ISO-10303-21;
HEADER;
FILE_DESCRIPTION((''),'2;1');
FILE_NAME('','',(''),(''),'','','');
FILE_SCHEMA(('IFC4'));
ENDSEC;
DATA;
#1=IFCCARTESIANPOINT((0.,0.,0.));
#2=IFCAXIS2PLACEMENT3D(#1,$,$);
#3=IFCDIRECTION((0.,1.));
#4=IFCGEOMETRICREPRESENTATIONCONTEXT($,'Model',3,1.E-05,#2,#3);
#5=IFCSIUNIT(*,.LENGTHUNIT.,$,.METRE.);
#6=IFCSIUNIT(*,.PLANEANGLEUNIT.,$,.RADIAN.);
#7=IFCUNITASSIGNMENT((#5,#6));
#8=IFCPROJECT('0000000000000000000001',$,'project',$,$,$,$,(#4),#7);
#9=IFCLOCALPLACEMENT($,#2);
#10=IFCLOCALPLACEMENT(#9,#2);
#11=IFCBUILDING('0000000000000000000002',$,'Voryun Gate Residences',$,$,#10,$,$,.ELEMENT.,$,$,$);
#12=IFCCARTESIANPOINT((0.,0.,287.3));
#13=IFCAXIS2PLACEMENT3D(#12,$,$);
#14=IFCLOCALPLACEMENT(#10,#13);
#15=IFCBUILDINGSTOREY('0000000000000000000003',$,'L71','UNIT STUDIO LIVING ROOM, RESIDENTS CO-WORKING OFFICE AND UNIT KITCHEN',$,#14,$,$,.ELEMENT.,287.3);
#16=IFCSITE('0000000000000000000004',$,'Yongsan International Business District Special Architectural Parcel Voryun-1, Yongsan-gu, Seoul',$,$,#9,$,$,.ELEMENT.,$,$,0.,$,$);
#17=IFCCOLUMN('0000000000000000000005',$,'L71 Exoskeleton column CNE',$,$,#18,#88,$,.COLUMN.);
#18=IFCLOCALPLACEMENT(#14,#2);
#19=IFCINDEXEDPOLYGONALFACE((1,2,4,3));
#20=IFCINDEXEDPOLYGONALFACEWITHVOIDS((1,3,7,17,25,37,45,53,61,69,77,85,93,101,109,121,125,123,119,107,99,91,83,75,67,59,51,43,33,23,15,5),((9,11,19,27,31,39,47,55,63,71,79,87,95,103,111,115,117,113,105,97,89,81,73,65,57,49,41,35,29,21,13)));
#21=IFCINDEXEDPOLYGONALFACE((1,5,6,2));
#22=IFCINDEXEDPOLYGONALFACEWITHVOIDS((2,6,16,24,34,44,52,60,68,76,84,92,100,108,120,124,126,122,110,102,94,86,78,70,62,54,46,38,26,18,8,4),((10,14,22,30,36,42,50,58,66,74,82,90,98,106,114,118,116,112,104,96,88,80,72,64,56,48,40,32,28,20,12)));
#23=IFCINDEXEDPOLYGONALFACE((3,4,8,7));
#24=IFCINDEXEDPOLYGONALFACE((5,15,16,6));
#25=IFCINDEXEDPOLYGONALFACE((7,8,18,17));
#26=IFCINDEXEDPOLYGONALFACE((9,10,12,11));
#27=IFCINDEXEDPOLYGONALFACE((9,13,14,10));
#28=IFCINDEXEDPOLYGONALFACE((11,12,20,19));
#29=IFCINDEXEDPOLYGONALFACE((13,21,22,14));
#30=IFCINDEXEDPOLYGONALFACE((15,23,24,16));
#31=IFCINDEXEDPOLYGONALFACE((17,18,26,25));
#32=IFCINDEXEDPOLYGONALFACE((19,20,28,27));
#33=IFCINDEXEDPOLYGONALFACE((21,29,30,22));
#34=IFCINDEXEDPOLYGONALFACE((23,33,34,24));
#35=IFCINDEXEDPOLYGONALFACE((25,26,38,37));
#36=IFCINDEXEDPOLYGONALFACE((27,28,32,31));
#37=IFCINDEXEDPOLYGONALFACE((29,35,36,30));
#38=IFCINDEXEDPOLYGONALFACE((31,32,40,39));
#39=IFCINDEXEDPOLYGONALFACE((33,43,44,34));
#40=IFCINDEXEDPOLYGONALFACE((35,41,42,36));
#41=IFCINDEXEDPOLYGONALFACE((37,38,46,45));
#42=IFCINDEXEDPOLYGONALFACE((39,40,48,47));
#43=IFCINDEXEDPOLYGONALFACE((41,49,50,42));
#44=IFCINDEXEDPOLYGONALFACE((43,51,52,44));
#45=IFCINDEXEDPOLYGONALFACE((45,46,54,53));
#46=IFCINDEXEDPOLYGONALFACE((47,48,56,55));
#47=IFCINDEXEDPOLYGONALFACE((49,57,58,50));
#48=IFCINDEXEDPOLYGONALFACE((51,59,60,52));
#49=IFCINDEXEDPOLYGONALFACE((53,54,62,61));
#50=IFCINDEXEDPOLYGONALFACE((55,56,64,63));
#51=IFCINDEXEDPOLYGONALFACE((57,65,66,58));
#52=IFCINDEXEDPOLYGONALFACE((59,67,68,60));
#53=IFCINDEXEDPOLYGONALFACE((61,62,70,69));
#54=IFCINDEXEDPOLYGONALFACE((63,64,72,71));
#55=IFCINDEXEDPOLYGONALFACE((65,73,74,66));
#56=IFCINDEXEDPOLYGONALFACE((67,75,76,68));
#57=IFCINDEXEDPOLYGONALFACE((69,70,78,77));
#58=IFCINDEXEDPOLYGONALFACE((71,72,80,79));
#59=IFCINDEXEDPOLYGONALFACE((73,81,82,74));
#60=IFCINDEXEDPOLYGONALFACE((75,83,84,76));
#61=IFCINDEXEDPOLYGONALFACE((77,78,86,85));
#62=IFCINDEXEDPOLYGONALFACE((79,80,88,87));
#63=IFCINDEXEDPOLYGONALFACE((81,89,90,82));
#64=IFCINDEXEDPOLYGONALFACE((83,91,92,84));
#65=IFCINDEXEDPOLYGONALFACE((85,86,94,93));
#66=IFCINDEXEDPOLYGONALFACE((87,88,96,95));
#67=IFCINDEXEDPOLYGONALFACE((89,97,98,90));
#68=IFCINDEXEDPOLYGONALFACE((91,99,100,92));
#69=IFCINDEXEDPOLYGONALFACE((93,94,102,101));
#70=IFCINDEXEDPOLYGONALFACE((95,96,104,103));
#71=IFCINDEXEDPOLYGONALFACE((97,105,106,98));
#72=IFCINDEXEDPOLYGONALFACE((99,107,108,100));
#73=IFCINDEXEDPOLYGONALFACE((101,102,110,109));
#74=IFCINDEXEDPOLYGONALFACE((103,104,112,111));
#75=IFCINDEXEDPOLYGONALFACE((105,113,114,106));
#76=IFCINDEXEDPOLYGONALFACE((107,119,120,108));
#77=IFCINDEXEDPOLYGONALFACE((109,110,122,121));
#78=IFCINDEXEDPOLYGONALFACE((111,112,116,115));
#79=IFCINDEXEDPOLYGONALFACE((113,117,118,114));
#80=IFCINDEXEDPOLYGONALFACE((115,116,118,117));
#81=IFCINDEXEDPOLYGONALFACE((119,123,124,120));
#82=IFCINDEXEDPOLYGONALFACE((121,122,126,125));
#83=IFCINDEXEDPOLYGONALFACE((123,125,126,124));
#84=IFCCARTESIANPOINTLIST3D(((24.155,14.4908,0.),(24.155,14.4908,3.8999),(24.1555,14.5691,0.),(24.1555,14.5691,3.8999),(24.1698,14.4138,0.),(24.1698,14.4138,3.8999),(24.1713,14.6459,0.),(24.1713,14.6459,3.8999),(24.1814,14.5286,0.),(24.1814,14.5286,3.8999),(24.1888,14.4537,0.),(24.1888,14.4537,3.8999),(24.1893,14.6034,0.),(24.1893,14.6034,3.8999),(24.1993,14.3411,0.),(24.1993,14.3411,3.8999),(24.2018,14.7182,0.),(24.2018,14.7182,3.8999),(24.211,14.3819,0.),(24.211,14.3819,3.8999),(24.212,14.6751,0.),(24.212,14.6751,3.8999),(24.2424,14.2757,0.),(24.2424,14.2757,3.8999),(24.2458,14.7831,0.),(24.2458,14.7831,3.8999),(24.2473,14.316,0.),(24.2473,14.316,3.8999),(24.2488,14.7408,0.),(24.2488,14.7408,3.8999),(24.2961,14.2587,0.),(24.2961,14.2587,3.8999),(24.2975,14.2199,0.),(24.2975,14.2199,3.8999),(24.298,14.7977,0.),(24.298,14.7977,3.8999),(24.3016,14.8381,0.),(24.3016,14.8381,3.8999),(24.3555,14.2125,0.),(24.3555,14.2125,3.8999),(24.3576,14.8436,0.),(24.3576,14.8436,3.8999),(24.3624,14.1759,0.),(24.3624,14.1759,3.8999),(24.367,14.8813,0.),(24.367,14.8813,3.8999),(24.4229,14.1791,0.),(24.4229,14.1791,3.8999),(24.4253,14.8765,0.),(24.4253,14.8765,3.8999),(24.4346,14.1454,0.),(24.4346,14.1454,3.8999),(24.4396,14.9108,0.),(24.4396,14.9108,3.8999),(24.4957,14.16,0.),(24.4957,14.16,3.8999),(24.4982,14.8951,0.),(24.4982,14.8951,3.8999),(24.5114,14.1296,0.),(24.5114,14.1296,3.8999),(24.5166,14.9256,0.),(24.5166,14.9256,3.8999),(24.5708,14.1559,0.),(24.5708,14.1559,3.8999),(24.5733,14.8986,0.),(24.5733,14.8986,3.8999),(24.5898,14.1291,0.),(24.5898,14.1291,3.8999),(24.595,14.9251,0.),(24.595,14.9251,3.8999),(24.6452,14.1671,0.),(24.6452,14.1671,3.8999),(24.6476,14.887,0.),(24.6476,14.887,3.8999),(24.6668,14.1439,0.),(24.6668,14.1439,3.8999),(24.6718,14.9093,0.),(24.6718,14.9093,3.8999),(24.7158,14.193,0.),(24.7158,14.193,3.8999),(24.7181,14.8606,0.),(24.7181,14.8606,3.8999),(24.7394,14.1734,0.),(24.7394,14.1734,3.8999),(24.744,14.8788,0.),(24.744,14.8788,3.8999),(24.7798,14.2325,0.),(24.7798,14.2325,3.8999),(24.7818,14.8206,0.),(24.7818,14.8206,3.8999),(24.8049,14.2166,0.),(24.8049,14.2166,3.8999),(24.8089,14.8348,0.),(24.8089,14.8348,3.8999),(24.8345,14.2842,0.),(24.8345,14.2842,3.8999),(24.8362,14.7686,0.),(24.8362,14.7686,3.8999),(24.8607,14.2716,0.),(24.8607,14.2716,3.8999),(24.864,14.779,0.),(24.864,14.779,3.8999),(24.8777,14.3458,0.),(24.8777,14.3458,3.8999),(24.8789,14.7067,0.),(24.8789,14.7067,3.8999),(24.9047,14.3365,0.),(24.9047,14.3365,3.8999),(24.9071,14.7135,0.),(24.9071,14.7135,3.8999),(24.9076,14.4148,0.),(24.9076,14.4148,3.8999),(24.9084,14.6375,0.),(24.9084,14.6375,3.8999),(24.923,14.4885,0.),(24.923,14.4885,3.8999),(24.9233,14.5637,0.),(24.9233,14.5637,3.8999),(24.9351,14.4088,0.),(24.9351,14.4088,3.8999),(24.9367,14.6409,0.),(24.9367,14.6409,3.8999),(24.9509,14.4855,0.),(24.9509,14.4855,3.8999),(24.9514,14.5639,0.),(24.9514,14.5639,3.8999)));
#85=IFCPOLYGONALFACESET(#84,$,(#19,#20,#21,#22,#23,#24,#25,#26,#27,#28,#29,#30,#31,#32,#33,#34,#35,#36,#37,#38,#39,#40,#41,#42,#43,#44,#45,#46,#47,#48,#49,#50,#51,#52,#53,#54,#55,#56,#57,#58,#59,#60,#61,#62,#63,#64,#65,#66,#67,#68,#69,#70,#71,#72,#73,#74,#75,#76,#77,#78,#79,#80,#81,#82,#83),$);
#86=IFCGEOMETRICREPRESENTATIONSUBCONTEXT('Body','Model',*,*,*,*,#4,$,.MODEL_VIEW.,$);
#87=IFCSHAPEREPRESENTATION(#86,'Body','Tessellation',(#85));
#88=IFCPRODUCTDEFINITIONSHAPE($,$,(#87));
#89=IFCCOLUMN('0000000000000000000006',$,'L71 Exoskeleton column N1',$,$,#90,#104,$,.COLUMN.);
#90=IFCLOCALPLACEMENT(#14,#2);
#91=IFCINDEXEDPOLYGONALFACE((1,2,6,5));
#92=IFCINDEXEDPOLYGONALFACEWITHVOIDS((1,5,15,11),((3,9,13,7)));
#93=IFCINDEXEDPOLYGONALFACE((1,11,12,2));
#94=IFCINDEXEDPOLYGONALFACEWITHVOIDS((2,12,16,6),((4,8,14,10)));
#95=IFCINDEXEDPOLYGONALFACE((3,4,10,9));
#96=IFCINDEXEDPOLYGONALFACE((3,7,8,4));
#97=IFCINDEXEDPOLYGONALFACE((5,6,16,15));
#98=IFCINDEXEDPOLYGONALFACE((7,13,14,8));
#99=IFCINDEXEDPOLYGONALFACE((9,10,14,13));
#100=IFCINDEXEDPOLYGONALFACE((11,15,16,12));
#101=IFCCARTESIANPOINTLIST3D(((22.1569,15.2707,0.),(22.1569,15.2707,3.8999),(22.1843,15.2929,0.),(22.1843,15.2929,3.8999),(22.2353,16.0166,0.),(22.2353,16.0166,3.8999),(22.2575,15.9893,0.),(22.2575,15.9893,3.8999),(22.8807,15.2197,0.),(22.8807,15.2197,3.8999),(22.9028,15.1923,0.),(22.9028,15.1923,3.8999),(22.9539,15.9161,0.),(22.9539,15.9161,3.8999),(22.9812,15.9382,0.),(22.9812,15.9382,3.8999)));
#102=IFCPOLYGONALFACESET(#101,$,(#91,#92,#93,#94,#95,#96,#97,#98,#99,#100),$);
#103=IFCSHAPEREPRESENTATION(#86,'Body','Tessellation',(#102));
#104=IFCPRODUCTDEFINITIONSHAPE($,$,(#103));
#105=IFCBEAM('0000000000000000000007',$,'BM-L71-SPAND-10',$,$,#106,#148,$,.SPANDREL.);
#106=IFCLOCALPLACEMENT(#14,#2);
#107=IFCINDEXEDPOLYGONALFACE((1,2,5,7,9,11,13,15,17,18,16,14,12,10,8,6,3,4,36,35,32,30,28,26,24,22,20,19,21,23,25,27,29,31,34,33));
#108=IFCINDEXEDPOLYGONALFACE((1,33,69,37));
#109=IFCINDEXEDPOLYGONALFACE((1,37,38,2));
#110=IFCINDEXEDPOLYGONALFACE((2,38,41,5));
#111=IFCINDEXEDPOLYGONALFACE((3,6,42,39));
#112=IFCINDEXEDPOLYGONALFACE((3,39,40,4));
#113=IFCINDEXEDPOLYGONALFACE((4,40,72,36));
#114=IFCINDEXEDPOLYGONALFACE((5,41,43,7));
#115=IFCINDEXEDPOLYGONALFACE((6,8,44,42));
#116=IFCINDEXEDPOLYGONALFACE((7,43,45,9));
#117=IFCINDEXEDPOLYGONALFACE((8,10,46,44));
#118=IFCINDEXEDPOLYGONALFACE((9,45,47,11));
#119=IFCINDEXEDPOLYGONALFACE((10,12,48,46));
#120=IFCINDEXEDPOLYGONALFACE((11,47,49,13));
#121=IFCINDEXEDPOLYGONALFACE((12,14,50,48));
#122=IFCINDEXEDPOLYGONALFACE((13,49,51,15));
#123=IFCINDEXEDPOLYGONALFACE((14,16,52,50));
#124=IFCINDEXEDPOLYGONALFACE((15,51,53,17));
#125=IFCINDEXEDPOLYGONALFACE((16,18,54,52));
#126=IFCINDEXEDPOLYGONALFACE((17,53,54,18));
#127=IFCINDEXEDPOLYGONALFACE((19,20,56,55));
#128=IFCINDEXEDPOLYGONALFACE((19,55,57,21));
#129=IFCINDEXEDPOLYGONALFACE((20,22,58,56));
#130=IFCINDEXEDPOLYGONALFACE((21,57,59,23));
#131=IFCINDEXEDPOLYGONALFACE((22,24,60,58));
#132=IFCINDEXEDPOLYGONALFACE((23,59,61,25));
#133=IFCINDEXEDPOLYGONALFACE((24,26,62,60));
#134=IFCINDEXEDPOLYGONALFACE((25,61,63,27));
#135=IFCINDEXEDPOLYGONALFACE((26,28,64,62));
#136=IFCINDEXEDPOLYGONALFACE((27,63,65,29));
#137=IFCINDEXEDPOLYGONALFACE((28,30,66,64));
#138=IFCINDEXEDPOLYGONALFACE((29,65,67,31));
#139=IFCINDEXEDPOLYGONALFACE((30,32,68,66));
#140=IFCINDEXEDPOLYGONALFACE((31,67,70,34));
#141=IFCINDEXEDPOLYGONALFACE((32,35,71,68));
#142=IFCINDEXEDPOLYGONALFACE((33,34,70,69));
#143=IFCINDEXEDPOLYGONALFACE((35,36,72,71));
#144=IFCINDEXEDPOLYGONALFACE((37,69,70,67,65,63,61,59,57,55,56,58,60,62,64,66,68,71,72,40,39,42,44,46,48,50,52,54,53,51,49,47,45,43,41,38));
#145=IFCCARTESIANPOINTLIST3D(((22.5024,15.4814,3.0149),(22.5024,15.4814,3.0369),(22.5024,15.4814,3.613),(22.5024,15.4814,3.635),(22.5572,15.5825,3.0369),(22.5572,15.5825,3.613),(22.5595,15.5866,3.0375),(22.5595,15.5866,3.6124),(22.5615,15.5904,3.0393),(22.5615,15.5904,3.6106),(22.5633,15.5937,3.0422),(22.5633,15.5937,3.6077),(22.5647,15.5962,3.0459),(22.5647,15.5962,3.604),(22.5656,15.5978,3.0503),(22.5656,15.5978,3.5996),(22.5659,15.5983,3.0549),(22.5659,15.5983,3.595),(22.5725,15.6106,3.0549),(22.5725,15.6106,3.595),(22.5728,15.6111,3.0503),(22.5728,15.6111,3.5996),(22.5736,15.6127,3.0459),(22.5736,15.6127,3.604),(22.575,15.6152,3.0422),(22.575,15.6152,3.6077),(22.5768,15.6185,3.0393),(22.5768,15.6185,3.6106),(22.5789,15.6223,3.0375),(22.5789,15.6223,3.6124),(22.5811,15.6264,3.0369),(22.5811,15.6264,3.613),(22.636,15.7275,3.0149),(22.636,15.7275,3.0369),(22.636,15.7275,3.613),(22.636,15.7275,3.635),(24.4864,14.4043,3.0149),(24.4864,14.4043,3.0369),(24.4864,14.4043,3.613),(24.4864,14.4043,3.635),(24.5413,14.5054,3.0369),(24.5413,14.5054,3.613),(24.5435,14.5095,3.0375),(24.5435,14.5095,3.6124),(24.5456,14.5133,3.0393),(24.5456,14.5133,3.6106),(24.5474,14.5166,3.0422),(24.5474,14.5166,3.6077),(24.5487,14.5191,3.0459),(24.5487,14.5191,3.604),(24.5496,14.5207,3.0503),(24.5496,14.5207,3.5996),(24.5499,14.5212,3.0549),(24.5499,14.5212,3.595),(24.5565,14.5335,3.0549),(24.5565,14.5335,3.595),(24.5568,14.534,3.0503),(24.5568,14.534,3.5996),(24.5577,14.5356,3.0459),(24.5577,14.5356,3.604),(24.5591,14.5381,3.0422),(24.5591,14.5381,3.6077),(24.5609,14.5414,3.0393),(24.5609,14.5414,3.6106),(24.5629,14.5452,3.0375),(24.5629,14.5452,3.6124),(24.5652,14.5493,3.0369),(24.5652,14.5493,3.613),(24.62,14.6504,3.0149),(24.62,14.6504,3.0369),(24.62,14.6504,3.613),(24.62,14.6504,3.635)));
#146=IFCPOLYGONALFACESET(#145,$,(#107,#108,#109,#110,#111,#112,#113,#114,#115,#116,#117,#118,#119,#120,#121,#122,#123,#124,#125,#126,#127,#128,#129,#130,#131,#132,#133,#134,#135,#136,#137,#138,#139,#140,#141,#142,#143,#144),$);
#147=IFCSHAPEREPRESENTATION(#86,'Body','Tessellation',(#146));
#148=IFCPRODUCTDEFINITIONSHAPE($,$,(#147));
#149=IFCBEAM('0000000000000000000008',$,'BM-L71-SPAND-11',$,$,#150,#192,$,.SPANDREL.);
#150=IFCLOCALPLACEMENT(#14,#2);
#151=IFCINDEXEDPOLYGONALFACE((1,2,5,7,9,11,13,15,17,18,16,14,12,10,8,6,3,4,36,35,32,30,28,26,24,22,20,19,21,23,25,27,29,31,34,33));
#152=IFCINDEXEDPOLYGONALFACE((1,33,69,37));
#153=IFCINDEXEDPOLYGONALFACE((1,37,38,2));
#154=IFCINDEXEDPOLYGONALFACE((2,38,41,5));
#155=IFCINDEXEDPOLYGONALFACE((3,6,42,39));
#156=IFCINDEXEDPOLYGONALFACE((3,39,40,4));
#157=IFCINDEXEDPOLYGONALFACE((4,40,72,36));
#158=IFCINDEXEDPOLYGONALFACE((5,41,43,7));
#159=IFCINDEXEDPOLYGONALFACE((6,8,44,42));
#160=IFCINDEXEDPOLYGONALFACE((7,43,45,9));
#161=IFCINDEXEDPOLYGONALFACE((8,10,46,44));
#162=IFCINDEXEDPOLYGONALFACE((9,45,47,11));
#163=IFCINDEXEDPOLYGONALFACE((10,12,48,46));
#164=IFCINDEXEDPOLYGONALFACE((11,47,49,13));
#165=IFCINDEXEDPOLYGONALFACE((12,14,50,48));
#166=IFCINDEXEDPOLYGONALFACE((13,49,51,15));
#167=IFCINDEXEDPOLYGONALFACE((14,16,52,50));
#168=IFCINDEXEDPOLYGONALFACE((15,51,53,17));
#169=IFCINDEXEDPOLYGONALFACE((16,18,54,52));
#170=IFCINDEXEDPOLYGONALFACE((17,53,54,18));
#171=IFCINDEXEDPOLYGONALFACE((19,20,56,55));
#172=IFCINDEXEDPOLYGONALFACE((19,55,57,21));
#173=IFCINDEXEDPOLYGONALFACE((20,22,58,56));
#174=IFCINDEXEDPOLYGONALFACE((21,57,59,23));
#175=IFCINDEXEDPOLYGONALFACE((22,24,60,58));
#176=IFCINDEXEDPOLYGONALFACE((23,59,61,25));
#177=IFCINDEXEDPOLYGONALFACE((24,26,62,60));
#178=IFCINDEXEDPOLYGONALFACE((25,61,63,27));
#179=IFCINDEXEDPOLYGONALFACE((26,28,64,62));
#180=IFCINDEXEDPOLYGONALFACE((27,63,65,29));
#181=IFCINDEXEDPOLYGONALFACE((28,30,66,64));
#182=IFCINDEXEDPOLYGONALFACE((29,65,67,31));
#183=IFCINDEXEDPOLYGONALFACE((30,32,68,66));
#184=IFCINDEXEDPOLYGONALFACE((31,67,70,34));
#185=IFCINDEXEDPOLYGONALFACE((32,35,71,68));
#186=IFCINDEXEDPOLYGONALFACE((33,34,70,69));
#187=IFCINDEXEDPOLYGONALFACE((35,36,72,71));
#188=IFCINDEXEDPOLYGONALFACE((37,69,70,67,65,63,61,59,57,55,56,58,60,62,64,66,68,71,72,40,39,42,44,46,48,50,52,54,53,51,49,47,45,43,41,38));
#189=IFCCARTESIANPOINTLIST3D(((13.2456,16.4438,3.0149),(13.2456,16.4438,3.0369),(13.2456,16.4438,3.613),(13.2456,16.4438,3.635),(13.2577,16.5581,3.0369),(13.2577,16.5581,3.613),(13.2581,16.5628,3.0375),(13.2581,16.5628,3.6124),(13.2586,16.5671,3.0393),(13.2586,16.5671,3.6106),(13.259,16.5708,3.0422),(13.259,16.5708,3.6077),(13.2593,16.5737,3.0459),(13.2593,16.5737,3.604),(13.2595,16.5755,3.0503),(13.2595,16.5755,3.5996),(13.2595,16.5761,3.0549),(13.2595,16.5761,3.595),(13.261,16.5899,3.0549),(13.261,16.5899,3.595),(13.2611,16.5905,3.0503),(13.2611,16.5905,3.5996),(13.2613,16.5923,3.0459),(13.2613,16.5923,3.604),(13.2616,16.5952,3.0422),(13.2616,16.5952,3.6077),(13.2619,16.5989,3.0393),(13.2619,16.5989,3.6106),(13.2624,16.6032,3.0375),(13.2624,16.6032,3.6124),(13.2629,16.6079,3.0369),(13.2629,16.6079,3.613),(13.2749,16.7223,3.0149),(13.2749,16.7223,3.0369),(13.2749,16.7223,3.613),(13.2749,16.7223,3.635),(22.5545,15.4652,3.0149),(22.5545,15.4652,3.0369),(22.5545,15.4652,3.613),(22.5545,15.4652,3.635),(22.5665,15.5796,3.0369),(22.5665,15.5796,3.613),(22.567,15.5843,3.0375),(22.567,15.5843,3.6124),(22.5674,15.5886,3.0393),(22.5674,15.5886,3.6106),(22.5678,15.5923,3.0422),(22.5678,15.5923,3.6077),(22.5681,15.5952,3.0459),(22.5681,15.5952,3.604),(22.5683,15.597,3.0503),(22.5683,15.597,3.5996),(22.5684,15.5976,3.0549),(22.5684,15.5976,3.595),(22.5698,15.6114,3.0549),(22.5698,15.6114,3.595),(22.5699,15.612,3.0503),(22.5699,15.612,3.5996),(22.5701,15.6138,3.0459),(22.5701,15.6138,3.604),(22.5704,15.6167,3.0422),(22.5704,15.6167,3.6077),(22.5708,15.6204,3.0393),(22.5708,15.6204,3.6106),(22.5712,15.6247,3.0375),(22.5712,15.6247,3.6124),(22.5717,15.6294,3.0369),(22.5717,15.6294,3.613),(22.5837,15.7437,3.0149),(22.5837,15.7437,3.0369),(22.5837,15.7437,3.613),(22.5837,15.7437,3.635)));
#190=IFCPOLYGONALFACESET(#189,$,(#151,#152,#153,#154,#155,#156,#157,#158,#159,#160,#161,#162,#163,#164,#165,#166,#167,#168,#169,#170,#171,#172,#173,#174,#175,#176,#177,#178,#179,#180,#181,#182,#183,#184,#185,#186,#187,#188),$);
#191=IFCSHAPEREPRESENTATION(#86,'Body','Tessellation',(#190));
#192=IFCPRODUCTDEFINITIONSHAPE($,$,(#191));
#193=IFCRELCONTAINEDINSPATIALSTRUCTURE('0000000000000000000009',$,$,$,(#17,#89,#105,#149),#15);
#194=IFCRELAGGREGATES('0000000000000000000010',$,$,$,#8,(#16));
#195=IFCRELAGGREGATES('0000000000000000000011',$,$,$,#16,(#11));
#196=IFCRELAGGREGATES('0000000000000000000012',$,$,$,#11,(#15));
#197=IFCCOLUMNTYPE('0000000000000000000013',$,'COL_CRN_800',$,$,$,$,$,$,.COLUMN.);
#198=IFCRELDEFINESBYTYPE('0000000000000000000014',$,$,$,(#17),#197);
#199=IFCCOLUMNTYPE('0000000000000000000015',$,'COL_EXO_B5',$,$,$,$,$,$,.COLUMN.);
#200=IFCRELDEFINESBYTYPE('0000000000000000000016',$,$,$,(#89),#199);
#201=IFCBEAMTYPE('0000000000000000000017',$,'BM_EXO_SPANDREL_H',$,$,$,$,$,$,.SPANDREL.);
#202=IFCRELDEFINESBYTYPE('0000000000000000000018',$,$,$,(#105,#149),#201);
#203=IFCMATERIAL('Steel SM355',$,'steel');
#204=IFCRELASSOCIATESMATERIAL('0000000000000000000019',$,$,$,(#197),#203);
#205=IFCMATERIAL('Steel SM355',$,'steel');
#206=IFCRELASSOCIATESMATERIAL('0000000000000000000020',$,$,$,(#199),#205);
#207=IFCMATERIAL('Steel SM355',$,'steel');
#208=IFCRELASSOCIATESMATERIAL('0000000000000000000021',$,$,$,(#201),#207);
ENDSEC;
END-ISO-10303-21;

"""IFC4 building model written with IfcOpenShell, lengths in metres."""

from ifc_helpers import new_model, si_unit, direction, frame, origin, origin_2d, place, context, subcontext, project, spatial, hollow_rectangle, hollow_circle, i_section, extrude, material, material_profile, profile_set, type_object, element, save


model = new_model("IFC4")

# Units and contexts
model_context = context("Model", 3, precision=1e-05, world=origin(), true_north=direction((0.0, 1.0)))
body_context = subcontext(model_context, "Body", "Model", "MODEL_VIEW")
ifc_project = project(units=[si_unit("LENGTHUNIT", "METRE"), si_unit("PLANEANGLEUNIT", "RADIAN")], contexts=[model_context])

# Site, building, storey
site_placement = place(None, origin())
site = spatial("IfcSite", under=ifc_project, at=site_placement, Name="Yongsan International Business District Special Architectural Parcel Voryun-1, Yongsan-gu, Seoul", CompositionType="ELEMENT", RefElevation=0.0)
building_placement = place(site_placement, origin())
building = spatial("IfcBuilding", under=site, at=building_placement, Name="Voryun Gate Residences", CompositionType="ELEMENT")
storey_placement = place(building_placement, frame((0.0, 0.0, 287.3)))
storey = spatial("IfcBuildingStorey", under=building, at=storey_placement, Name="L71", Description="UNIT STUDIO LIVING ROOM, RESIDENTS CO-WORKING OFFICE AND UNIT KITCHEN", CompositionType="ELEMENT", Elevation=287.3)

# Columns
ifc_material_1 = material(Name="Steel SM355", Category="steel")
ifc_material_profile_1 = material_profile(ifc_material_1, hollow_circle(Radius=0.3999, WallThickness=0.0281, at=origin_2d()), Name="CHS-800x28")
ifc_profile_set_1 = profile_set([ifc_material_profile_1], Name="Steel SM355")
column_type_1 = type_object("IfcColumnType", Name="COL_CRN_800", PredefinedType="COLUMN", material=ifc_profile_set_1)
column_1_placement = place(storey_placement, frame((24.5532, 14.5273, 0.0), z_axis=(0.0, 0.0, 1.0), x_axis=(0.994522, -0.104528, 0.0)))
element("IfcColumn", 1, at=column_1_placement, inside=storey, type_object=column_type_1, Name="L71 Exoskeleton column CNE", PredefinedType="COLUMN", context=body_context, shape_type="SweptSolid", body=[
    extrude(hollow_circle(Radius=0.3999, WallThickness=0.0281, at=origin_2d()), origin(), (0.0, 0.0, 1.0), 3.8999),
])
ifc_material_2 = material(Name="Steel SM355", Category="steel")
ifc_material_profile_2 = material_profile(ifc_material_2, hollow_rectangle(XDim=0.75, YDim=0.75, WallThickness=0.0249, at=origin_2d()), Name="BOX-750x750x25")
ifc_profile_set_2 = profile_set([ifc_material_profile_2], Name="Steel SM355")
column_type_2 = type_object("IfcColumnType", Name="COL_EXO_B5", PredefinedType="COLUMN", material=ifc_profile_set_2)
column_2_placement = place(storey_placement, frame((22.5691, 15.6045, 0.0), z_axis=(0.0, 0.0, 1.0), x_axis=(0.994522, -0.104528, 0.0)))
element("IfcColumn", 2, at=column_2_placement, inside=storey, type_object=column_type_2, Name="L71 Exoskeleton column N1", PredefinedType="COLUMN", context=body_context, shape_type="SweptSolid", body=[
    extrude(hollow_rectangle(XDim=0.75, YDim=0.75, WallThickness=0.0249, at=origin_2d()), origin(), (0.0, 0.0, 1.0), 3.8999),
])

# Beams
ifc_material_3 = material(Name="Steel SM355", Category="steel")
ifc_material_profile_3 = material_profile(ifc_material_3, i_section(OverallWidth=0.28, OverallDepth=0.6201, WebThickness=0.0139, FlangeThickness=0.022, FilletRadius=0.0181, at=origin_2d()), Name="H-620x280x14x22")
ifc_profile_set_3 = profile_set([ifc_material_profile_3], Name="Steel SM355")
beam_type_1 = type_object("IfcBeamType", Name="BM_EXO_SPANDREL_H", PredefinedType="SPANDREL", material=ifc_profile_set_3)
beam_1_placement = place(storey_placement, frame((24.5532, 14.5273, 3.325), z_axis=(-0.878844, 0.477109, 0.0), x_axis=(-0.477109, -0.878844, 0.0)))
element("IfcBeam", 3, at=beam_1_placement, inside=storey, type_object=beam_type_1, Name="BM-L71-SPAND-10", PredefinedType="SPANDREL", context=body_context, shape_type="SweptSolid", body=[
    extrude(i_section(OverallWidth=0.28, OverallDepth=0.6201, WebThickness=0.0139, FlangeThickness=0.022, FilletRadius=0.0181, at=origin_2d()), origin(), (0.0, 0.0, 1.0), 2.2576),
])
beam_2_placement = place(storey_placement, frame((22.5691, 15.6045, 3.325), z_axis=(-0.994521, 0.104541, 0.0), x_axis=(-0.104541, -0.994521, 0.0)))
element("IfcBeam", 4, at=beam_2_placement, inside=storey, type_object=beam_type_1, Name="BM-L71-SPAND-11", PredefinedType="SPANDREL", context=body_context, shape_type="SweptSolid", body=[
    extrude(i_section(OverallWidth=0.28, OverallDepth=0.6201, WebThickness=0.0139, FlangeThickness=0.022, FilletRadius=0.0181, at=origin_2d()), origin(), (0.0, 0.0, 1.0), 9.3601),
])

save(model, "model.ifc")
